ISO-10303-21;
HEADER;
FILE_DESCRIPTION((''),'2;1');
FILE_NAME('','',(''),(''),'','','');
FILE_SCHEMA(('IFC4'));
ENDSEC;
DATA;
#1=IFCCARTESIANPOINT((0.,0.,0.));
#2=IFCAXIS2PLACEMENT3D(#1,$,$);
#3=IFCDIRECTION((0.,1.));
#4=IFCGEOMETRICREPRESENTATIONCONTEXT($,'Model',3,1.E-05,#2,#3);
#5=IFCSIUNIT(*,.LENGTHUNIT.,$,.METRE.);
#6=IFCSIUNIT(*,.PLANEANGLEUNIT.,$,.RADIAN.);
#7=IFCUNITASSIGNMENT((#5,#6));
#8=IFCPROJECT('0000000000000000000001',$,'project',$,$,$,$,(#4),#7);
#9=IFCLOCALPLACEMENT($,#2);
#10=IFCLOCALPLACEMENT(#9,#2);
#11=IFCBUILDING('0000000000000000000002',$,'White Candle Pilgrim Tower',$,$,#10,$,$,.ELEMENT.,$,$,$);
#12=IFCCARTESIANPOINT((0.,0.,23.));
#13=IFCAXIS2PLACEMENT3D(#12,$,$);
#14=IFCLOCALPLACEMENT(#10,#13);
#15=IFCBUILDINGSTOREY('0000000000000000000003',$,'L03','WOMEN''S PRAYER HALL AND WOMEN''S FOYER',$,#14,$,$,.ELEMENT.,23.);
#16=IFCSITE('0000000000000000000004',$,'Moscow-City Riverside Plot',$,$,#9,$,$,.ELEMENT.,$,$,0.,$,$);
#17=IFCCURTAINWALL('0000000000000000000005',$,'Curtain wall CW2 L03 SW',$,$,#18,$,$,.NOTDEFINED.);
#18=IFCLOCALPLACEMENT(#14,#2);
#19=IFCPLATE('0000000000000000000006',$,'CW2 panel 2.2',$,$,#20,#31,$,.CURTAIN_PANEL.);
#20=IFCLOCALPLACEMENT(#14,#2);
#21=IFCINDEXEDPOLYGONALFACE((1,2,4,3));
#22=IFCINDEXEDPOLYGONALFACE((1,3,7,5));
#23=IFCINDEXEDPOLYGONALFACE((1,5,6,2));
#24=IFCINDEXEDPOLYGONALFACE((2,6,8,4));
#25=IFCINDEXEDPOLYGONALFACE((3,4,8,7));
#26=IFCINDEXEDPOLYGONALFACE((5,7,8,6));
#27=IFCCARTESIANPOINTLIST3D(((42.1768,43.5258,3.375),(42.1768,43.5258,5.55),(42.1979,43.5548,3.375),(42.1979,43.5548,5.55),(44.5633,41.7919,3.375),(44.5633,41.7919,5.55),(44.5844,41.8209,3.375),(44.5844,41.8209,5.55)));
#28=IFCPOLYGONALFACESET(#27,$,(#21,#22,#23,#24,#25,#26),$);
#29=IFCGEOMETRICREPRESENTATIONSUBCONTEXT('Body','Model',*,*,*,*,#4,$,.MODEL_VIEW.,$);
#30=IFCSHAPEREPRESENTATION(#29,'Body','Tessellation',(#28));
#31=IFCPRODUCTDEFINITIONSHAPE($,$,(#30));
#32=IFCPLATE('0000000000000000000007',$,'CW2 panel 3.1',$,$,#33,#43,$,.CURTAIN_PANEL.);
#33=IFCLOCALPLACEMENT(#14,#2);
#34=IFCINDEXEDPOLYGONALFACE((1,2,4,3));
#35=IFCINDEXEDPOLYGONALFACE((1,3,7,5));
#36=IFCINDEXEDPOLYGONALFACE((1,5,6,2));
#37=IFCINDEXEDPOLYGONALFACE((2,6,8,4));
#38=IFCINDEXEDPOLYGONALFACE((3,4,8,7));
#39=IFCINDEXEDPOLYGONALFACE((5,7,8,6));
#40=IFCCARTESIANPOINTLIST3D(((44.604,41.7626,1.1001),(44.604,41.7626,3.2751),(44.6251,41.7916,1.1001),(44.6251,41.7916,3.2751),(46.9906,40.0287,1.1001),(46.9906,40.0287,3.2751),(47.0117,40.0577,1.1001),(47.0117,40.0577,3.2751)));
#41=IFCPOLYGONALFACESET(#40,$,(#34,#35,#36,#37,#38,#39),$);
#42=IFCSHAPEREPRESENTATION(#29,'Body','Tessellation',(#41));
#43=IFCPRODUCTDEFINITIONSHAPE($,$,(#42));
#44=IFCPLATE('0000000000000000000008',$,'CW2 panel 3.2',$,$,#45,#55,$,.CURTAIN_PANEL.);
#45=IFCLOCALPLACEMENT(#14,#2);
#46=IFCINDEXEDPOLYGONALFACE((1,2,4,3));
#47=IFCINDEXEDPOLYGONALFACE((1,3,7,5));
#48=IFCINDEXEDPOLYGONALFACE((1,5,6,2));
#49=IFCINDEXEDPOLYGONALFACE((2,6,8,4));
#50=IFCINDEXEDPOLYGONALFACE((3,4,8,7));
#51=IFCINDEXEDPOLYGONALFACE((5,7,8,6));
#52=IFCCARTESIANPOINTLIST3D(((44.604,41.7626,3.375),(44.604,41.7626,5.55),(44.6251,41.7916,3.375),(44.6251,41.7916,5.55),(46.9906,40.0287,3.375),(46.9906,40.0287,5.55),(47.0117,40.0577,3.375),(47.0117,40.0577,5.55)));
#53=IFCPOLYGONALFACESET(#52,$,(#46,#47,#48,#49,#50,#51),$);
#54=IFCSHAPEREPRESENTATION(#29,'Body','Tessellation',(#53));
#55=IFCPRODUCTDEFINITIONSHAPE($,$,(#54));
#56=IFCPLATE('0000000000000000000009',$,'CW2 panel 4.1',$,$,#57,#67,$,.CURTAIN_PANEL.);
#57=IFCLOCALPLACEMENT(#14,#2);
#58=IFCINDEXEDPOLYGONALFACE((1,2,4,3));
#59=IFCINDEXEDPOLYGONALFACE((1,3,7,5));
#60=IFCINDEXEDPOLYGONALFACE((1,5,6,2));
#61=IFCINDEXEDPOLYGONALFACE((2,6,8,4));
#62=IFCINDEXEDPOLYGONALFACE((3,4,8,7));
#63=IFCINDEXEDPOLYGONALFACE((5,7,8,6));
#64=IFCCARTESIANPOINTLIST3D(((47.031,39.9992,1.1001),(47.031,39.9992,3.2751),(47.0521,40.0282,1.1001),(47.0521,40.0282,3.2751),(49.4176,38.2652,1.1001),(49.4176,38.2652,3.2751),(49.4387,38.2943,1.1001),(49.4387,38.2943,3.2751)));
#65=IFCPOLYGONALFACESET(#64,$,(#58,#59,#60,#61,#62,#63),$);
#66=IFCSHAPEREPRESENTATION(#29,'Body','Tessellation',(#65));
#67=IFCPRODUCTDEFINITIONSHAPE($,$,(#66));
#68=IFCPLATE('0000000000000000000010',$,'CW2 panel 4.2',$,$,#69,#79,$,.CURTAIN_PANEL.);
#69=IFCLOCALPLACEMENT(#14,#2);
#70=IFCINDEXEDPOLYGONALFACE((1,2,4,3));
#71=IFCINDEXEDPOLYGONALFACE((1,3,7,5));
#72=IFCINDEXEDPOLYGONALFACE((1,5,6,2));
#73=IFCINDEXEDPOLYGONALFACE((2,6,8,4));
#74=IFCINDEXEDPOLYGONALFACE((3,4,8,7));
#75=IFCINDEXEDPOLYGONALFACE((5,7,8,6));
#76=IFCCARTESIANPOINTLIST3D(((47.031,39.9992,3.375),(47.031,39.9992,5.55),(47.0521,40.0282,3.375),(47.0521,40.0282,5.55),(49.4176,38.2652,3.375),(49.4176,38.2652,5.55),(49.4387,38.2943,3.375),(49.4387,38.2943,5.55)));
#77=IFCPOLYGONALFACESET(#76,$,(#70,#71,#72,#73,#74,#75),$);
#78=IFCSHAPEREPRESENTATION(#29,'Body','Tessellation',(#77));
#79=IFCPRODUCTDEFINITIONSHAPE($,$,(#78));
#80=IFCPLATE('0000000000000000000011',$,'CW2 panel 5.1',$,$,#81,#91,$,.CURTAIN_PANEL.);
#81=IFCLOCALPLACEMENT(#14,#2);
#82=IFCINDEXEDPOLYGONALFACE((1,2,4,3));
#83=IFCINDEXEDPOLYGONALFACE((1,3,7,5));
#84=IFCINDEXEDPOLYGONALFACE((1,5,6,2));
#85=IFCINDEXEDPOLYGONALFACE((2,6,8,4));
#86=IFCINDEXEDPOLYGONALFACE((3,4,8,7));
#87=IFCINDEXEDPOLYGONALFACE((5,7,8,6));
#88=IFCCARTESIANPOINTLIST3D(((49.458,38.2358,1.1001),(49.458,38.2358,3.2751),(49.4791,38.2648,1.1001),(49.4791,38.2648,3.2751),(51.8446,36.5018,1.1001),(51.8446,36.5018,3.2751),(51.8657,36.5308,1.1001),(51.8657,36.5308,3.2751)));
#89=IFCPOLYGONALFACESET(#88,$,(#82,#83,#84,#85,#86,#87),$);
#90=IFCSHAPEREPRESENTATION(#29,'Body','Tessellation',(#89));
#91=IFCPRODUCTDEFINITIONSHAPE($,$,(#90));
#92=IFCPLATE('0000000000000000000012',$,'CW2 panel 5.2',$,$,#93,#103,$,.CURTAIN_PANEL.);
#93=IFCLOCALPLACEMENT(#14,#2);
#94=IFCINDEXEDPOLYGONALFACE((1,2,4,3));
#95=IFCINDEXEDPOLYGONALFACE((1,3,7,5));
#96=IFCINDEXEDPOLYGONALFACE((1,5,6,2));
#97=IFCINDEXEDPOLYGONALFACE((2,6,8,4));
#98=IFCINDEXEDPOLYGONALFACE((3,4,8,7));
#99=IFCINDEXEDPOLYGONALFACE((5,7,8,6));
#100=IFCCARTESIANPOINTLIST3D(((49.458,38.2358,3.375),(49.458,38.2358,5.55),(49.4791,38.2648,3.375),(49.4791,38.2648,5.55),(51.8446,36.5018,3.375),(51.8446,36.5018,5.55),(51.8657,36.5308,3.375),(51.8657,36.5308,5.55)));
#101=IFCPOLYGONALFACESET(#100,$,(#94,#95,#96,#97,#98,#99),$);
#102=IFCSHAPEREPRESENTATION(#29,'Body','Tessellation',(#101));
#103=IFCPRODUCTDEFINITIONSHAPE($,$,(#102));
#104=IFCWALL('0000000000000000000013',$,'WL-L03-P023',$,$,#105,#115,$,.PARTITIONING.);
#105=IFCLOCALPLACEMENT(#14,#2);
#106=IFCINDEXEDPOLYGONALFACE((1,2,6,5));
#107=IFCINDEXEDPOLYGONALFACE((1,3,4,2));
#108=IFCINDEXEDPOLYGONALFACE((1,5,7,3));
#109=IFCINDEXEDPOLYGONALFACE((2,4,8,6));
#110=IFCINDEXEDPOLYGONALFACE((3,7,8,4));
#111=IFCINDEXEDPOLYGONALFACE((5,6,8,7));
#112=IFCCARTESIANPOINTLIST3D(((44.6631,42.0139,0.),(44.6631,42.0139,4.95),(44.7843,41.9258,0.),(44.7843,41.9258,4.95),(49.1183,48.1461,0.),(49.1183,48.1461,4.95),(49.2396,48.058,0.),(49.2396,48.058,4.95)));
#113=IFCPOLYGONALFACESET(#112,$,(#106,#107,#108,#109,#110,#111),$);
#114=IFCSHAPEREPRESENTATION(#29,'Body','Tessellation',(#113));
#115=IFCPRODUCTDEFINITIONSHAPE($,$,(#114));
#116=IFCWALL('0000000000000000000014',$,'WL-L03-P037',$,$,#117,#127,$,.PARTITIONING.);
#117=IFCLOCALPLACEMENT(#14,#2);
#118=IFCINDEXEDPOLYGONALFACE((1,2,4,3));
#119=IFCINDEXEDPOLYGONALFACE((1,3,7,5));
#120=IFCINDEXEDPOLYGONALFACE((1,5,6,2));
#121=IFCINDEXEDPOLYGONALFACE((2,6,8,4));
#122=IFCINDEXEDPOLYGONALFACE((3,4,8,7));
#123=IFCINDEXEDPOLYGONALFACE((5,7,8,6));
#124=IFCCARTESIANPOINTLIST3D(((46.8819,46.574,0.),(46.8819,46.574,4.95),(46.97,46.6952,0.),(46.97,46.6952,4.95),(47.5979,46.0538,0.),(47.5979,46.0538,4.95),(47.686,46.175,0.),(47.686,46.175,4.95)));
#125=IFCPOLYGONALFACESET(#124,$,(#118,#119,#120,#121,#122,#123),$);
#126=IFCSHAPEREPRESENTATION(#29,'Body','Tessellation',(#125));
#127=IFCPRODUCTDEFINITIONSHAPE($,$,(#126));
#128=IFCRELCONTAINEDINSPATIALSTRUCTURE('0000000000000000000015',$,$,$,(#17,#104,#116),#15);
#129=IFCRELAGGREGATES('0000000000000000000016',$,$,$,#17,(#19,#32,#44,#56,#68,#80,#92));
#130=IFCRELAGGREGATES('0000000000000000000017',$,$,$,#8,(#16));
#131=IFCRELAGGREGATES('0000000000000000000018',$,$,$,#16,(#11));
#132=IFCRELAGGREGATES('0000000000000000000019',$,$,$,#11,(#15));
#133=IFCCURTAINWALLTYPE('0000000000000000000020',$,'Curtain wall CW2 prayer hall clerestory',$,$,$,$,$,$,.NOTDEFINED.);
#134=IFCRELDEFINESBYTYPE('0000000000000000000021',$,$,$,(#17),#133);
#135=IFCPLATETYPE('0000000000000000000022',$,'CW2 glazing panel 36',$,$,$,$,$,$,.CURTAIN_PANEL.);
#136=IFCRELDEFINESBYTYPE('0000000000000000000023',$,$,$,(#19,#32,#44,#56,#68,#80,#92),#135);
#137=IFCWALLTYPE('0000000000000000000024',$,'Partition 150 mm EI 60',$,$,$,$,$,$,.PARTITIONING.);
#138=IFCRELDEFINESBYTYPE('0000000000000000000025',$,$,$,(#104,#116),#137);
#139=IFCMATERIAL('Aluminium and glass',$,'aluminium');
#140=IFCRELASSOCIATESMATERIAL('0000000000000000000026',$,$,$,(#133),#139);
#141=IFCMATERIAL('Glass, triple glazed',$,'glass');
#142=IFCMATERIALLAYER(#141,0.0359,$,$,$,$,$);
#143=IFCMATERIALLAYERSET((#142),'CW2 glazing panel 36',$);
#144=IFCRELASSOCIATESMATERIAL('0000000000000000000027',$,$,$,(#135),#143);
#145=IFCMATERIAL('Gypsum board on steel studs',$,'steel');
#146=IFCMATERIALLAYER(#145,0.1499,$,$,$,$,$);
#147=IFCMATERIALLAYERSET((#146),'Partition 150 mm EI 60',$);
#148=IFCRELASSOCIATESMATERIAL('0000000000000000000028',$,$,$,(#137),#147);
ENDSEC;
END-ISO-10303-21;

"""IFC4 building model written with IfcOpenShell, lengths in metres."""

from ifc_helpers import new_model, si_unit, direction, frame, frame_2d, origin, origin_2d, place, context, subcontext, project, spatial, rectangle, extrude, material, layer, layer_set, type_object, element, aggregate, save


model = new_model("IFC4")

# Units and contexts
model_context = context("Model", 3, precision=1e-05, world=origin(), true_north=direction((0.0, 1.0)))
body_context = subcontext(model_context, "Body", "Model", "MODEL_VIEW")
ifc_project = project(units=[si_unit("LENGTHUNIT", "METRE"), si_unit("PLANEANGLEUNIT", "RADIAN")], contexts=[model_context])

# Site, building, storey
site_placement = place(None, origin())
site = spatial("IfcSite", under=ifc_project, at=site_placement, Name="Moscow-City Riverside Plot", CompositionType="ELEMENT", RefElevation=0.0)
building_placement = place(site_placement, origin())
building = spatial("IfcBuilding", under=site, at=building_placement, Name="White Candle Pilgrim Tower", CompositionType="ELEMENT")
storey_placement = place(building_placement, frame((0.0, 0.0, 23.0)))
storey = spatial("IfcBuildingStorey", under=building, at=storey_placement, Name="L03", Description="WOMEN'S PRAYER HALL AND WOMEN'S FOYER", CompositionType="ELEMENT", Elevation=23.0)

# Curtain wall
ifc_material_1 = material(Name="Aluminium and glass", Category="aluminium")
curtain_wall_type = type_object("IfcCurtainWallType", Name="Curtain wall CW2 prayer hall clerestory", PredefinedType="NOTDEFINED", material=ifc_material_1)
curtain_wall_placement = place(storey_placement, origin())
curtain_wall = element("IfcCurtainWall", 1, at=curtain_wall_placement, inside=storey, type_object=curtain_wall_type, Name="Curtain wall CW2 L03 SW", PredefinedType="NOTDEFINED")

# Plates
ifc_material_2 = material(Name="Glass, triple glazed", Category="glass")
ifc_layer_1 = layer(ifc_material_2, 0.0359)
ifc_layer_set_1 = layer_set([ifc_layer_1], Name="CW2 glazing panel 36")
plate_type = type_object("IfcPlateType", Name="CW2 glazing panel 36", PredefinedType="CURTAIN_PANEL", material=ifc_layer_set_1)
plate_1_placement = place(storey_placement, frame((43.3806, 42.6733, 3.375), z_axis=(0.0, 0.0, 1.0), x_axis=(0.809017, -0.587785, 0.0)))
plate_1 = element("IfcPlate", 2, at=plate_1_placement, type_object=plate_type, Name="CW2 panel 2.2", PredefinedType="CURTAIN_PANEL", context=body_context, shape_type="SweptSolid", body=[
    extrude(rectangle(XDim=2.95, YDim=0.0359, at=origin_2d()), origin(), (0.0, 0.0, 1.0), 2.175),
])
plate_2_placement = place(storey_placement, frame((45.8079, 40.9102, 1.1001), z_axis=(0.0, 0.0, 1.0), x_axis=(0.809017, -0.587785, 0.0)))
plate_2 = element("IfcPlate", 3, at=plate_2_placement, type_object=plate_type, Name="CW2 panel 3.1", PredefinedType="CURTAIN_PANEL", context=body_context, shape_type="SweptSolid", body=[
    extrude(rectangle(XDim=2.95, YDim=0.0359, at=origin_2d()), origin(), (0.0, 0.0, 1.0), 2.175),
])
plate_3_placement = place(storey_placement, frame((45.8079, 40.9102, 3.375), z_axis=(0.0, 0.0, 1.0), x_axis=(0.809017, -0.587785, 0.0)))
plate_3 = element("IfcPlate", 4, at=plate_3_placement, type_object=plate_type, Name="CW2 panel 3.2", PredefinedType="CURTAIN_PANEL", context=body_context, shape_type="SweptSolid", body=[
    extrude(rectangle(XDim=2.95, YDim=0.0359, at=origin_2d()), origin(), (0.0, 0.0, 1.0), 2.175),
])
plate_4_placement = place(storey_placement, frame((48.2349, 39.1467, 1.1001), z_axis=(0.0, 0.0, 1.0), x_axis=(0.809017, -0.587785, 0.0)))
plate_4 = element("IfcPlate", 5, at=plate_4_placement, type_object=plate_type, Name="CW2 panel 4.1", PredefinedType="CURTAIN_PANEL", context=body_context, shape_type="SweptSolid", body=[
    extrude(rectangle(XDim=2.95, YDim=0.0359, at=origin_2d()), origin(), (0.0, 0.0, 1.0), 2.175),
])
plate_5_placement = place(storey_placement, frame((48.2349, 39.1467, 3.375), z_axis=(0.0, 0.0, 1.0), x_axis=(0.809017, -0.587785, 0.0)))
plate_5 = element("IfcPlate", 6, at=plate_5_placement, type_object=plate_type, Name="CW2 panel 4.2", PredefinedType="CURTAIN_PANEL", context=body_context, shape_type="SweptSolid", body=[
    extrude(rectangle(XDim=2.95, YDim=0.0359, at=origin_2d()), origin(), (0.0, 0.0, 1.0), 2.175),
])
plate_6_placement = place(storey_placement, frame((50.6619, 37.3833, 1.1001), z_axis=(0.0, 0.0, 1.0), x_axis=(0.809017, -0.587785, 0.0)))
plate_6 = element("IfcPlate", 7, at=plate_6_placement, type_object=plate_type, Name="CW2 panel 5.1", PredefinedType="CURTAIN_PANEL", context=body_context, shape_type="SweptSolid", body=[
    extrude(rectangle(XDim=2.95, YDim=0.0359, at=origin_2d()), origin(), (0.0, 0.0, 1.0), 2.175),
])
plate_7_placement = place(storey_placement, frame((50.6619, 37.3833, 3.375), z_axis=(0.0, 0.0, 1.0), x_axis=(0.809017, -0.587785, 0.0)))
plate_7 = element("IfcPlate", 8, at=plate_7_placement, type_object=plate_type, Name="CW2 panel 5.2", PredefinedType="CURTAIN_PANEL", context=body_context, shape_type="SweptSolid", body=[
    extrude(rectangle(XDim=2.95, YDim=0.0359, at=origin_2d()), origin(), (0.0, 0.0, 1.0), 2.175),
])
aggregate(curtain_wall, [plate_1, plate_2, plate_3, plate_4, plate_5, plate_6, plate_7])

# Walls
ifc_material_3 = material(Name="Gypsum board on steel studs", Category="steel")
ifc_layer_2 = layer(ifc_material_3, 0.1499)
ifc_layer_set_2 = layer_set([ifc_layer_2], Name="Partition 150 mm EI 60")
wall_type = type_object("IfcWallType", Name="Partition 150 mm EI 60", PredefinedType="PARTITIONING", material=ifc_layer_set_2)
wall_1_placement = place(storey_placement, frame((44.7236, 41.9697, 0.0), z_axis=(0.0, 0.0, 1.0), x_axis=(0.587779, 0.809022, 0.0)))
element("IfcWall", 9, at=wall_1_placement, inside=storey, type_object=wall_type, Name="WL-L03-P023", PredefinedType="PARTITIONING", context=body_context, shape_type="SweptSolid", body=[
    extrude(rectangle(XDim=7.5798, YDim=0.1499, at=frame_2d((3.79, 0.0))), origin(), (0.0, 0.0, 1.0), 4.95),
])
wall_2_placement = place(storey_placement, frame((46.926, 46.6345, 0.0), z_axis=(0.0, 0.0, 1.0), x_axis=(0.80901, -0.587794, 0.0)))
element("IfcWall", 10, at=wall_2_placement, inside=storey, type_object=wall_type, Name="WL-L03-P037", PredefinedType="PARTITIONING", context=body_context, shape_type="SweptSolid", body=[
    extrude(rectangle(XDim=0.885, YDim=0.1499, at=frame_2d((0.4424, 0.0))), origin(), (0.0, 0.0, 1.0), 4.95),
])

save(model, "model.ifc")
